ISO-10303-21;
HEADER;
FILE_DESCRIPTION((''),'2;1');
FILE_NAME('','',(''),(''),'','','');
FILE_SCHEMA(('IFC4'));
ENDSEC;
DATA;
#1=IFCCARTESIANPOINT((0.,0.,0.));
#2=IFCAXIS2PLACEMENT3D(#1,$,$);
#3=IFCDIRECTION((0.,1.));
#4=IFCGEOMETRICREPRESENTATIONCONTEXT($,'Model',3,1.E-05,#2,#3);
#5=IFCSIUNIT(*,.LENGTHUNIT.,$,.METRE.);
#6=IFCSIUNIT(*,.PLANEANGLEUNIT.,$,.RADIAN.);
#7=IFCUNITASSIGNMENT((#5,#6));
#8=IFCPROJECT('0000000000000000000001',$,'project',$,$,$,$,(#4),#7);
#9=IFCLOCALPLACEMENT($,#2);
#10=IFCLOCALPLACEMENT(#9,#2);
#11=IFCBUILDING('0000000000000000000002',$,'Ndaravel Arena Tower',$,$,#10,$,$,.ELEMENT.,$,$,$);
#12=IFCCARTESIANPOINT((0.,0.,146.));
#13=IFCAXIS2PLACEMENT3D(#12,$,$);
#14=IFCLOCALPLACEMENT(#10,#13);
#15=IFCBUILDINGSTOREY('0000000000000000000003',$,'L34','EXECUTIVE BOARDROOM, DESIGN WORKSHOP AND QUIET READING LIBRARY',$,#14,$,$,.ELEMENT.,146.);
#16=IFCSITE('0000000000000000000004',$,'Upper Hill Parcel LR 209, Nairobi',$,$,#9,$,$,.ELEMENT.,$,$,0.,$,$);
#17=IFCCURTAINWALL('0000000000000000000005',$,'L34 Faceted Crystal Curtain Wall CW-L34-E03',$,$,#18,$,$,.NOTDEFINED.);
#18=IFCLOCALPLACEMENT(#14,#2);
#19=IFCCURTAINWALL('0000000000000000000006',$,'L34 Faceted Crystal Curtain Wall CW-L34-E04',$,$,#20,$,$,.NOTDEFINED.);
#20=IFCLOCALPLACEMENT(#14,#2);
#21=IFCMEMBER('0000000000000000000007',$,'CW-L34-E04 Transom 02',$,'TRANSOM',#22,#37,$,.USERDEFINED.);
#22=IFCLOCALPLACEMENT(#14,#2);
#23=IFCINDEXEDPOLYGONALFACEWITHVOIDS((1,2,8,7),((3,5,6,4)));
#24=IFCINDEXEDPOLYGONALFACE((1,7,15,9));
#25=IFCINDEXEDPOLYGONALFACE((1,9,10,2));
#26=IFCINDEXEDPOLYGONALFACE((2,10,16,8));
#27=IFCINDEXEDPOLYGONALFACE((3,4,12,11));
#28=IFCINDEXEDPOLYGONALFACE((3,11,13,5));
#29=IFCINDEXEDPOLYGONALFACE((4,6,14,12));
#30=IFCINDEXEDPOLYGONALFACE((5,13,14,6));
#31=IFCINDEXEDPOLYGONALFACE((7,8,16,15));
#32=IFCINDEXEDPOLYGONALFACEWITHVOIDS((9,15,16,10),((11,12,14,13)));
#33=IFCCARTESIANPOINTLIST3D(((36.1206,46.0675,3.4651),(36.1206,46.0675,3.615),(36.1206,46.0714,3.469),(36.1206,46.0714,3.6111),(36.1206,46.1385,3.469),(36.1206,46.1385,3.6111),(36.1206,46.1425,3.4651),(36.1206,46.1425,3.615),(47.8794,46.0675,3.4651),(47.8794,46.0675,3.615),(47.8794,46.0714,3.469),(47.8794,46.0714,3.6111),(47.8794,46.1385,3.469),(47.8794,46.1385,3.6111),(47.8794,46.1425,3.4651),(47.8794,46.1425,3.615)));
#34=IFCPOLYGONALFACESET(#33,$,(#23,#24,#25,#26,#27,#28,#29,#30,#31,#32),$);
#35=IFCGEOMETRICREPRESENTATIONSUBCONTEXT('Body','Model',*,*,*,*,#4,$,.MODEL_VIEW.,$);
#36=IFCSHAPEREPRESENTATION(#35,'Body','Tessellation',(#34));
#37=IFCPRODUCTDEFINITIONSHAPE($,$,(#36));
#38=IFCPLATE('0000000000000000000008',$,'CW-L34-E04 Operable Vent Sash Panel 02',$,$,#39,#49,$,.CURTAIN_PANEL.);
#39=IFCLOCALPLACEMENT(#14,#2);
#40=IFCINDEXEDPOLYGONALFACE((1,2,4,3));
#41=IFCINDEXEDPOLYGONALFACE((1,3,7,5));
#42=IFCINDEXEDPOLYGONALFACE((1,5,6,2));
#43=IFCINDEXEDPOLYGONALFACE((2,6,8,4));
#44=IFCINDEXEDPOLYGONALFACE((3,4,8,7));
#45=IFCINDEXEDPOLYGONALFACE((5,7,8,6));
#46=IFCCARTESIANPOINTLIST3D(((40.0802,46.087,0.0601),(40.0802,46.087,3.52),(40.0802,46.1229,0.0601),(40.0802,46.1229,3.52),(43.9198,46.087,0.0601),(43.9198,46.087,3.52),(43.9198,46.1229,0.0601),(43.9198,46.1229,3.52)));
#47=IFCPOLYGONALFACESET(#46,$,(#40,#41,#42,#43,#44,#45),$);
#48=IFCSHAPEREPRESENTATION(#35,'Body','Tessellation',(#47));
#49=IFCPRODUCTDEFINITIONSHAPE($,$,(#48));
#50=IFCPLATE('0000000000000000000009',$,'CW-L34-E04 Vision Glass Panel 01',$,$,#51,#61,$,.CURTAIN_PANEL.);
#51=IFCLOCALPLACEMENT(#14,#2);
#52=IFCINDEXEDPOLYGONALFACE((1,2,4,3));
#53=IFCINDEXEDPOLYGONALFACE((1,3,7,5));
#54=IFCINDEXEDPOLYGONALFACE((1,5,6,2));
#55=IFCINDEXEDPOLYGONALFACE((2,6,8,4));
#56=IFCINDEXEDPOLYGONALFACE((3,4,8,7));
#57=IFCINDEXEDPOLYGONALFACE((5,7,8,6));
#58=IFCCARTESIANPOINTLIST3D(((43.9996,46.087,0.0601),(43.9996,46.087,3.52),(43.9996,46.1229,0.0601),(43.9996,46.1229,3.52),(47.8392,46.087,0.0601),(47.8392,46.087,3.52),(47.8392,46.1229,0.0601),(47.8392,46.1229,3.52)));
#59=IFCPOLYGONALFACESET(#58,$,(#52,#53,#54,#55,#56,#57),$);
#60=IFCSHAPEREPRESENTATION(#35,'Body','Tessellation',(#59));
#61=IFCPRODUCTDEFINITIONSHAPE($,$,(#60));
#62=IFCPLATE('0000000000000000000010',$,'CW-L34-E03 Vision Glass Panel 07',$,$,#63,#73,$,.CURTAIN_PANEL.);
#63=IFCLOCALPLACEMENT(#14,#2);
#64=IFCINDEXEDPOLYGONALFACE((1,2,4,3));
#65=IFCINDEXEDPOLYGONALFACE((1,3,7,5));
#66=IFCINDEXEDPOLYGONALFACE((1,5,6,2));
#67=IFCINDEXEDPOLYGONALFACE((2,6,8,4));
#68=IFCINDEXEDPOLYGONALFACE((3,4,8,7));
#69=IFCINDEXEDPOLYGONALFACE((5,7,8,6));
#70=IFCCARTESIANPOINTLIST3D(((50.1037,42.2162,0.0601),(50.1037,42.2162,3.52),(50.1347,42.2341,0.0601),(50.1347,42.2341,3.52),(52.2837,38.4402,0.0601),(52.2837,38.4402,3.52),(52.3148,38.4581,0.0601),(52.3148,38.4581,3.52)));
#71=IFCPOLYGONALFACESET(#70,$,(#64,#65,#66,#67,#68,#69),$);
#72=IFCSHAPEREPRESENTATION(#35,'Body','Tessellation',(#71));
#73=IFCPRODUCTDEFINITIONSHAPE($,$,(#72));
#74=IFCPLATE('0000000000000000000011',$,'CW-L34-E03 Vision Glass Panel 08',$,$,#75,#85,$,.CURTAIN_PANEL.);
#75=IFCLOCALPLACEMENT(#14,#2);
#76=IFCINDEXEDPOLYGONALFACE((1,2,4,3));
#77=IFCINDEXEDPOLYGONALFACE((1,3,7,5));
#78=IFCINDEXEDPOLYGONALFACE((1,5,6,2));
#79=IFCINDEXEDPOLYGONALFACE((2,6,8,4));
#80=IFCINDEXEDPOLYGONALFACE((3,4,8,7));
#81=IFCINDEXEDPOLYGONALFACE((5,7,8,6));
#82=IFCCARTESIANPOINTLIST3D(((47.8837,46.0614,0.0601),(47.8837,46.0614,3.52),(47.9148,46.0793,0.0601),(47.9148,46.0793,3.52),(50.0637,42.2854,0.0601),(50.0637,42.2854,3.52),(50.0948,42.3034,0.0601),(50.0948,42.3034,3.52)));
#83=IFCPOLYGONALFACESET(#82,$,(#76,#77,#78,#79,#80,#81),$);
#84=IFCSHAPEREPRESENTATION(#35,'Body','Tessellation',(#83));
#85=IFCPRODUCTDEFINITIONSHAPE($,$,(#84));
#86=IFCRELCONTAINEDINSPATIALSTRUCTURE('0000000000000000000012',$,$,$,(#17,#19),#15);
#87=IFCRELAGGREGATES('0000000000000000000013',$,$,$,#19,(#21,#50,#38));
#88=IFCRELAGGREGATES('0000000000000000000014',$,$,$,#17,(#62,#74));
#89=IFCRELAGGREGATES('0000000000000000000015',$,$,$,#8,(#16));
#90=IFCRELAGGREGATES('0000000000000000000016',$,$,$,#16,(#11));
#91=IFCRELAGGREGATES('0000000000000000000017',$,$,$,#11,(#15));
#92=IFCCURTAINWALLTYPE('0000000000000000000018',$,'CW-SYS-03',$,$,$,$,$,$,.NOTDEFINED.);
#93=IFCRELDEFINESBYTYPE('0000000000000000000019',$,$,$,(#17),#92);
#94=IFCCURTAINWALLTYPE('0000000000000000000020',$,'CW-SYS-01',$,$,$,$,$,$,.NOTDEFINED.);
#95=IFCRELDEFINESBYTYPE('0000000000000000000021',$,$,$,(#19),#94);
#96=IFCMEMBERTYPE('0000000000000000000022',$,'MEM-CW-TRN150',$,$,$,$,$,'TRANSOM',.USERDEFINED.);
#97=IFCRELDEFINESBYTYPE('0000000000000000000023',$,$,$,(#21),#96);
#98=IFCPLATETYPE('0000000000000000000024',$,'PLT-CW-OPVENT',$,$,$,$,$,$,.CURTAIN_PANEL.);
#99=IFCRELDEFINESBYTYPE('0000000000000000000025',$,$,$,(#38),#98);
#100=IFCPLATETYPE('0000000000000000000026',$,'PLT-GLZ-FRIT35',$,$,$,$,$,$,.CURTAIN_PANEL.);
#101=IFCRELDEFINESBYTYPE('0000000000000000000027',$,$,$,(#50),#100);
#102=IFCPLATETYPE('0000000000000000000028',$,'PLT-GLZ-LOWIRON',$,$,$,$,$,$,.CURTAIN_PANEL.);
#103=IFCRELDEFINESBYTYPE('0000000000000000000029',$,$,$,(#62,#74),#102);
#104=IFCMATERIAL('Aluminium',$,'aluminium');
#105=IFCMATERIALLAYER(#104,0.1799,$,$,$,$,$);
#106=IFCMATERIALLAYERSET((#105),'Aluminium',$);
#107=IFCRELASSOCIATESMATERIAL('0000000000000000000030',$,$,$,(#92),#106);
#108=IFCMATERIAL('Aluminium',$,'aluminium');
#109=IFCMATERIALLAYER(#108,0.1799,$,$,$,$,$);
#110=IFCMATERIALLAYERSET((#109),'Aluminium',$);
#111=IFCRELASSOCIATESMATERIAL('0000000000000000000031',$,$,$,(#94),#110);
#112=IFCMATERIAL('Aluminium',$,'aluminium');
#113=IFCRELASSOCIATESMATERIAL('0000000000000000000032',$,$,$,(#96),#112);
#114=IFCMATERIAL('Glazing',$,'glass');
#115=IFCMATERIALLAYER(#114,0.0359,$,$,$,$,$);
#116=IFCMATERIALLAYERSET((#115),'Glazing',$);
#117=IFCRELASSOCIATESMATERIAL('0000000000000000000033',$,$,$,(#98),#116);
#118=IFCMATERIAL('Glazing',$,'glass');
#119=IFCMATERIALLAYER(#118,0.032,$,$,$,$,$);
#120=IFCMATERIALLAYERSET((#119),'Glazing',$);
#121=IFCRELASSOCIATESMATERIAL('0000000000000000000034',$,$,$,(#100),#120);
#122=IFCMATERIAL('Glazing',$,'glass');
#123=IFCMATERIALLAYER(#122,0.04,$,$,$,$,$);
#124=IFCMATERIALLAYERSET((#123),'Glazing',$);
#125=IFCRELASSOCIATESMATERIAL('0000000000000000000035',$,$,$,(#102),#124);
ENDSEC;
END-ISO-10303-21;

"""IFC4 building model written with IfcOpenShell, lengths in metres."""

from ifc_helpers import new_model, si_unit, direction, frame, origin, origin_2d, place, context, subcontext, project, spatial, rectangle, hollow_rectangle, extrude, material, layer, layer_set, material_profile, profile_set, type_object, element, aggregate, save


model = new_model("IFC4")

# Units and contexts
model_context = context("Model", 3, precision=1e-05, world=origin(), true_north=direction((0.0, 1.0)))
body_context = subcontext(model_context, "Body", "Model", "MODEL_VIEW")
ifc_project = project(units=[si_unit("LENGTHUNIT", "METRE"), si_unit("PLANEANGLEUNIT", "RADIAN")], contexts=[model_context])

# Site, building, storey
site_placement = place(None, origin())
site = spatial("IfcSite", under=ifc_project, at=site_placement, Name="Upper Hill Parcel LR 209, Nairobi", CompositionType="ELEMENT", RefElevation=0.0)
building_placement = place(site_placement, origin())
building = spatial("IfcBuilding", under=site, at=building_placement, Name="Ndaravel Arena Tower", CompositionType="ELEMENT")
storey_placement = place(building_placement, frame((0.0, 0.0, 146.0)))
storey = spatial("IfcBuildingStorey", under=building, at=storey_placement, Name="L34", Description="EXECUTIVE BOARDROOM, DESIGN WORKSHOP AND QUIET READING LIBRARY", CompositionType="ELEMENT", Elevation=146.0)

# Curtain wall
ifc_material_1 = material(Name="Aluminium", Category="aluminium")
ifc_layer_1 = layer(ifc_material_1, 0.1799)
ifc_layer_set_1 = layer_set([ifc_layer_1], Name="Aluminium")
curtain_wall_type_1 = type_object("IfcCurtainWallType", Name="CW-SYS-03", PredefinedType="NOTDEFINED", material=ifc_layer_set_1)
curtain_wall_1_placement = place(storey_placement, origin())
curtain_wall_1 = element("IfcCurtainWall", 1, at=curtain_wall_1_placement, inside=storey, type_object=curtain_wall_type_1, Name="L34 Faceted Crystal Curtain Wall CW-L34-E03", PredefinedType="NOTDEFINED")

# Curtain wall, member, plates
ifc_material_2 = material(Name="Aluminium", Category="aluminium")
ifc_layer_2 = layer(ifc_material_2, 0.1799)
ifc_layer_set_2 = layer_set([ifc_layer_2], Name="Aluminium")
curtain_wall_type_2 = type_object("IfcCurtainWallType", Name="CW-SYS-01", PredefinedType="NOTDEFINED", material=ifc_layer_set_2)
curtain_wall_2_placement = place(storey_placement, origin())
curtain_wall_2 = element("IfcCurtainWall", 2, at=curtain_wall_2_placement, inside=storey, type_object=curtain_wall_type_2, Name="L34 Faceted Crystal Curtain Wall CW-L34-E04", PredefinedType="NOTDEFINED")
ifc_material_3 = material(Name="Aluminium", Category="aluminium")
ifc_material_profile_1 = material_profile(ifc_material_3, hollow_rectangle(XDim=0.075, YDim=0.1499, WallThickness=0.0039, at=origin_2d()), Name="CW TRANSOM 75x150x4")
ifc_profile_set_1 = profile_set([ifc_material_profile_1], Name="Aluminium")
member_type_1 = type_object("IfcMemberType", Name="MEM-CW-TRN150", ElementType="TRANSOM", PredefinedType="USERDEFINED", material=ifc_profile_set_1)
member_1_placement = place(storey_placement, frame((47.8794, 46.105, 3.54), z_axis=(-1.0, 0.0, 0.0), x_axis=(0.0, -1.0, 0.0)))
member_1 = element("IfcMember", 3, at=member_1_placement, type_object=member_type_1, Name="CW-L34-E04 Transom 02", ObjectType="TRANSOM", PredefinedType="USERDEFINED", context=body_context, shape_type="SweptSolid", body=[
    extrude(hollow_rectangle(XDim=0.075, YDim=0.1499, WallThickness=0.0039, at=origin_2d()), origin(), (0.0, 0.0, 1.0), 11.7588),
])
ifc_material_4 = material(Name="Glazing", Category="glass")
ifc_layer_3 = layer(ifc_material_4, 0.0359)
ifc_layer_set_3 = layer_set([ifc_layer_3], Name="Glazing")
plate_type_1 = type_object("IfcPlateType", Name="PLT-CW-OPVENT", PredefinedType="CURTAIN_PANEL", material=ifc_layer_set_3)
plate_1_placement = place(storey_placement, frame((42.0, 46.105, 0.0601), z_axis=(0.0, 0.0, 1.0), x_axis=(-1.0, 0.0, 0.0)))
plate_1 = element("IfcPlate", 4, at=plate_1_placement, type_object=plate_type_1, Name="CW-L34-E04 Operable Vent Sash Panel 02", PredefinedType="CURTAIN_PANEL", context=body_context, shape_type="SweptSolid", body=[
    extrude(rectangle(XDim=3.8396, YDim=0.0359, at=origin_2d()), origin(), (0.0, 0.0, 1.0), 3.46),
])
ifc_material_5 = material(Name="Glazing", Category="glass")
ifc_layer_4 = layer(ifc_material_5, 0.032)
ifc_layer_set_4 = layer_set([ifc_layer_4], Name="Glazing")
plate_type_2 = type_object("IfcPlateType", Name="PLT-GLZ-FRIT35", PredefinedType="CURTAIN_PANEL", material=ifc_layer_set_4)
plate_2_placement = place(storey_placement, frame((45.9194, 46.105, 0.0601), z_axis=(0.0, 0.0, 1.0), x_axis=(-1.0, 0.0, 0.0)))
plate_2 = element("IfcPlate", 5, at=plate_2_placement, type_object=plate_type_2, Name="CW-L34-E04 Vision Glass Panel 01", PredefinedType="CURTAIN_PANEL", context=body_context, shape_type="SweptSolid", body=[
    extrude(rectangle(XDim=3.8396, YDim=0.0359, at=origin_2d()), origin(), (0.0, 0.0, 1.0), 3.46),
])
aggregate(curtain_wall_2, [member_1, plate_2, plate_1])

# Plates
ifc_material_6 = material(Name="Glazing", Category="glass")
ifc_layer_5 = layer(ifc_material_6, 0.04)
ifc_layer_set_5 = layer_set([ifc_layer_5], Name="Glazing")
plate_type_3 = type_object("IfcPlateType", Name="PLT-GLZ-LOWIRON", PredefinedType="CURTAIN_PANEL", material=ifc_layer_set_5)
plate_3_placement = place(storey_placement, frame((51.2092, 40.3372, 0.0601), z_axis=(0.0, 0.0, 1.0), x_axis=(-0.5, 0.866025, 0.0)))
plate_3 = element("IfcPlate", 6, at=plate_3_placement, type_object=plate_type_3, Name="CW-L34-E03 Vision Glass Panel 07", PredefinedType="CURTAIN_PANEL", context=body_context, shape_type="SweptSolid", body=[
    extrude(rectangle(XDim=4.3601, YDim=0.0359, at=origin_2d()), origin(), (0.0, 0.0, 1.0), 3.46),
])
plate_4_placement = place(storey_placement, frame((48.9893, 44.1824, 0.0601), z_axis=(0.0, 0.0, 1.0), x_axis=(-0.5, 0.866025, 0.0)))
plate_4 = element("IfcPlate", 7, at=plate_4_placement, type_object=plate_type_3, Name="CW-L34-E03 Vision Glass Panel 08", PredefinedType="CURTAIN_PANEL", context=body_context, shape_type="SweptSolid", body=[
    extrude(rectangle(XDim=4.3601, YDim=0.0359, at=origin_2d()), origin(), (0.0, 0.0, 1.0), 3.46),
])
aggregate(curtain_wall_1, [plate_3, plate_4])

save(model, "model.ifc")
